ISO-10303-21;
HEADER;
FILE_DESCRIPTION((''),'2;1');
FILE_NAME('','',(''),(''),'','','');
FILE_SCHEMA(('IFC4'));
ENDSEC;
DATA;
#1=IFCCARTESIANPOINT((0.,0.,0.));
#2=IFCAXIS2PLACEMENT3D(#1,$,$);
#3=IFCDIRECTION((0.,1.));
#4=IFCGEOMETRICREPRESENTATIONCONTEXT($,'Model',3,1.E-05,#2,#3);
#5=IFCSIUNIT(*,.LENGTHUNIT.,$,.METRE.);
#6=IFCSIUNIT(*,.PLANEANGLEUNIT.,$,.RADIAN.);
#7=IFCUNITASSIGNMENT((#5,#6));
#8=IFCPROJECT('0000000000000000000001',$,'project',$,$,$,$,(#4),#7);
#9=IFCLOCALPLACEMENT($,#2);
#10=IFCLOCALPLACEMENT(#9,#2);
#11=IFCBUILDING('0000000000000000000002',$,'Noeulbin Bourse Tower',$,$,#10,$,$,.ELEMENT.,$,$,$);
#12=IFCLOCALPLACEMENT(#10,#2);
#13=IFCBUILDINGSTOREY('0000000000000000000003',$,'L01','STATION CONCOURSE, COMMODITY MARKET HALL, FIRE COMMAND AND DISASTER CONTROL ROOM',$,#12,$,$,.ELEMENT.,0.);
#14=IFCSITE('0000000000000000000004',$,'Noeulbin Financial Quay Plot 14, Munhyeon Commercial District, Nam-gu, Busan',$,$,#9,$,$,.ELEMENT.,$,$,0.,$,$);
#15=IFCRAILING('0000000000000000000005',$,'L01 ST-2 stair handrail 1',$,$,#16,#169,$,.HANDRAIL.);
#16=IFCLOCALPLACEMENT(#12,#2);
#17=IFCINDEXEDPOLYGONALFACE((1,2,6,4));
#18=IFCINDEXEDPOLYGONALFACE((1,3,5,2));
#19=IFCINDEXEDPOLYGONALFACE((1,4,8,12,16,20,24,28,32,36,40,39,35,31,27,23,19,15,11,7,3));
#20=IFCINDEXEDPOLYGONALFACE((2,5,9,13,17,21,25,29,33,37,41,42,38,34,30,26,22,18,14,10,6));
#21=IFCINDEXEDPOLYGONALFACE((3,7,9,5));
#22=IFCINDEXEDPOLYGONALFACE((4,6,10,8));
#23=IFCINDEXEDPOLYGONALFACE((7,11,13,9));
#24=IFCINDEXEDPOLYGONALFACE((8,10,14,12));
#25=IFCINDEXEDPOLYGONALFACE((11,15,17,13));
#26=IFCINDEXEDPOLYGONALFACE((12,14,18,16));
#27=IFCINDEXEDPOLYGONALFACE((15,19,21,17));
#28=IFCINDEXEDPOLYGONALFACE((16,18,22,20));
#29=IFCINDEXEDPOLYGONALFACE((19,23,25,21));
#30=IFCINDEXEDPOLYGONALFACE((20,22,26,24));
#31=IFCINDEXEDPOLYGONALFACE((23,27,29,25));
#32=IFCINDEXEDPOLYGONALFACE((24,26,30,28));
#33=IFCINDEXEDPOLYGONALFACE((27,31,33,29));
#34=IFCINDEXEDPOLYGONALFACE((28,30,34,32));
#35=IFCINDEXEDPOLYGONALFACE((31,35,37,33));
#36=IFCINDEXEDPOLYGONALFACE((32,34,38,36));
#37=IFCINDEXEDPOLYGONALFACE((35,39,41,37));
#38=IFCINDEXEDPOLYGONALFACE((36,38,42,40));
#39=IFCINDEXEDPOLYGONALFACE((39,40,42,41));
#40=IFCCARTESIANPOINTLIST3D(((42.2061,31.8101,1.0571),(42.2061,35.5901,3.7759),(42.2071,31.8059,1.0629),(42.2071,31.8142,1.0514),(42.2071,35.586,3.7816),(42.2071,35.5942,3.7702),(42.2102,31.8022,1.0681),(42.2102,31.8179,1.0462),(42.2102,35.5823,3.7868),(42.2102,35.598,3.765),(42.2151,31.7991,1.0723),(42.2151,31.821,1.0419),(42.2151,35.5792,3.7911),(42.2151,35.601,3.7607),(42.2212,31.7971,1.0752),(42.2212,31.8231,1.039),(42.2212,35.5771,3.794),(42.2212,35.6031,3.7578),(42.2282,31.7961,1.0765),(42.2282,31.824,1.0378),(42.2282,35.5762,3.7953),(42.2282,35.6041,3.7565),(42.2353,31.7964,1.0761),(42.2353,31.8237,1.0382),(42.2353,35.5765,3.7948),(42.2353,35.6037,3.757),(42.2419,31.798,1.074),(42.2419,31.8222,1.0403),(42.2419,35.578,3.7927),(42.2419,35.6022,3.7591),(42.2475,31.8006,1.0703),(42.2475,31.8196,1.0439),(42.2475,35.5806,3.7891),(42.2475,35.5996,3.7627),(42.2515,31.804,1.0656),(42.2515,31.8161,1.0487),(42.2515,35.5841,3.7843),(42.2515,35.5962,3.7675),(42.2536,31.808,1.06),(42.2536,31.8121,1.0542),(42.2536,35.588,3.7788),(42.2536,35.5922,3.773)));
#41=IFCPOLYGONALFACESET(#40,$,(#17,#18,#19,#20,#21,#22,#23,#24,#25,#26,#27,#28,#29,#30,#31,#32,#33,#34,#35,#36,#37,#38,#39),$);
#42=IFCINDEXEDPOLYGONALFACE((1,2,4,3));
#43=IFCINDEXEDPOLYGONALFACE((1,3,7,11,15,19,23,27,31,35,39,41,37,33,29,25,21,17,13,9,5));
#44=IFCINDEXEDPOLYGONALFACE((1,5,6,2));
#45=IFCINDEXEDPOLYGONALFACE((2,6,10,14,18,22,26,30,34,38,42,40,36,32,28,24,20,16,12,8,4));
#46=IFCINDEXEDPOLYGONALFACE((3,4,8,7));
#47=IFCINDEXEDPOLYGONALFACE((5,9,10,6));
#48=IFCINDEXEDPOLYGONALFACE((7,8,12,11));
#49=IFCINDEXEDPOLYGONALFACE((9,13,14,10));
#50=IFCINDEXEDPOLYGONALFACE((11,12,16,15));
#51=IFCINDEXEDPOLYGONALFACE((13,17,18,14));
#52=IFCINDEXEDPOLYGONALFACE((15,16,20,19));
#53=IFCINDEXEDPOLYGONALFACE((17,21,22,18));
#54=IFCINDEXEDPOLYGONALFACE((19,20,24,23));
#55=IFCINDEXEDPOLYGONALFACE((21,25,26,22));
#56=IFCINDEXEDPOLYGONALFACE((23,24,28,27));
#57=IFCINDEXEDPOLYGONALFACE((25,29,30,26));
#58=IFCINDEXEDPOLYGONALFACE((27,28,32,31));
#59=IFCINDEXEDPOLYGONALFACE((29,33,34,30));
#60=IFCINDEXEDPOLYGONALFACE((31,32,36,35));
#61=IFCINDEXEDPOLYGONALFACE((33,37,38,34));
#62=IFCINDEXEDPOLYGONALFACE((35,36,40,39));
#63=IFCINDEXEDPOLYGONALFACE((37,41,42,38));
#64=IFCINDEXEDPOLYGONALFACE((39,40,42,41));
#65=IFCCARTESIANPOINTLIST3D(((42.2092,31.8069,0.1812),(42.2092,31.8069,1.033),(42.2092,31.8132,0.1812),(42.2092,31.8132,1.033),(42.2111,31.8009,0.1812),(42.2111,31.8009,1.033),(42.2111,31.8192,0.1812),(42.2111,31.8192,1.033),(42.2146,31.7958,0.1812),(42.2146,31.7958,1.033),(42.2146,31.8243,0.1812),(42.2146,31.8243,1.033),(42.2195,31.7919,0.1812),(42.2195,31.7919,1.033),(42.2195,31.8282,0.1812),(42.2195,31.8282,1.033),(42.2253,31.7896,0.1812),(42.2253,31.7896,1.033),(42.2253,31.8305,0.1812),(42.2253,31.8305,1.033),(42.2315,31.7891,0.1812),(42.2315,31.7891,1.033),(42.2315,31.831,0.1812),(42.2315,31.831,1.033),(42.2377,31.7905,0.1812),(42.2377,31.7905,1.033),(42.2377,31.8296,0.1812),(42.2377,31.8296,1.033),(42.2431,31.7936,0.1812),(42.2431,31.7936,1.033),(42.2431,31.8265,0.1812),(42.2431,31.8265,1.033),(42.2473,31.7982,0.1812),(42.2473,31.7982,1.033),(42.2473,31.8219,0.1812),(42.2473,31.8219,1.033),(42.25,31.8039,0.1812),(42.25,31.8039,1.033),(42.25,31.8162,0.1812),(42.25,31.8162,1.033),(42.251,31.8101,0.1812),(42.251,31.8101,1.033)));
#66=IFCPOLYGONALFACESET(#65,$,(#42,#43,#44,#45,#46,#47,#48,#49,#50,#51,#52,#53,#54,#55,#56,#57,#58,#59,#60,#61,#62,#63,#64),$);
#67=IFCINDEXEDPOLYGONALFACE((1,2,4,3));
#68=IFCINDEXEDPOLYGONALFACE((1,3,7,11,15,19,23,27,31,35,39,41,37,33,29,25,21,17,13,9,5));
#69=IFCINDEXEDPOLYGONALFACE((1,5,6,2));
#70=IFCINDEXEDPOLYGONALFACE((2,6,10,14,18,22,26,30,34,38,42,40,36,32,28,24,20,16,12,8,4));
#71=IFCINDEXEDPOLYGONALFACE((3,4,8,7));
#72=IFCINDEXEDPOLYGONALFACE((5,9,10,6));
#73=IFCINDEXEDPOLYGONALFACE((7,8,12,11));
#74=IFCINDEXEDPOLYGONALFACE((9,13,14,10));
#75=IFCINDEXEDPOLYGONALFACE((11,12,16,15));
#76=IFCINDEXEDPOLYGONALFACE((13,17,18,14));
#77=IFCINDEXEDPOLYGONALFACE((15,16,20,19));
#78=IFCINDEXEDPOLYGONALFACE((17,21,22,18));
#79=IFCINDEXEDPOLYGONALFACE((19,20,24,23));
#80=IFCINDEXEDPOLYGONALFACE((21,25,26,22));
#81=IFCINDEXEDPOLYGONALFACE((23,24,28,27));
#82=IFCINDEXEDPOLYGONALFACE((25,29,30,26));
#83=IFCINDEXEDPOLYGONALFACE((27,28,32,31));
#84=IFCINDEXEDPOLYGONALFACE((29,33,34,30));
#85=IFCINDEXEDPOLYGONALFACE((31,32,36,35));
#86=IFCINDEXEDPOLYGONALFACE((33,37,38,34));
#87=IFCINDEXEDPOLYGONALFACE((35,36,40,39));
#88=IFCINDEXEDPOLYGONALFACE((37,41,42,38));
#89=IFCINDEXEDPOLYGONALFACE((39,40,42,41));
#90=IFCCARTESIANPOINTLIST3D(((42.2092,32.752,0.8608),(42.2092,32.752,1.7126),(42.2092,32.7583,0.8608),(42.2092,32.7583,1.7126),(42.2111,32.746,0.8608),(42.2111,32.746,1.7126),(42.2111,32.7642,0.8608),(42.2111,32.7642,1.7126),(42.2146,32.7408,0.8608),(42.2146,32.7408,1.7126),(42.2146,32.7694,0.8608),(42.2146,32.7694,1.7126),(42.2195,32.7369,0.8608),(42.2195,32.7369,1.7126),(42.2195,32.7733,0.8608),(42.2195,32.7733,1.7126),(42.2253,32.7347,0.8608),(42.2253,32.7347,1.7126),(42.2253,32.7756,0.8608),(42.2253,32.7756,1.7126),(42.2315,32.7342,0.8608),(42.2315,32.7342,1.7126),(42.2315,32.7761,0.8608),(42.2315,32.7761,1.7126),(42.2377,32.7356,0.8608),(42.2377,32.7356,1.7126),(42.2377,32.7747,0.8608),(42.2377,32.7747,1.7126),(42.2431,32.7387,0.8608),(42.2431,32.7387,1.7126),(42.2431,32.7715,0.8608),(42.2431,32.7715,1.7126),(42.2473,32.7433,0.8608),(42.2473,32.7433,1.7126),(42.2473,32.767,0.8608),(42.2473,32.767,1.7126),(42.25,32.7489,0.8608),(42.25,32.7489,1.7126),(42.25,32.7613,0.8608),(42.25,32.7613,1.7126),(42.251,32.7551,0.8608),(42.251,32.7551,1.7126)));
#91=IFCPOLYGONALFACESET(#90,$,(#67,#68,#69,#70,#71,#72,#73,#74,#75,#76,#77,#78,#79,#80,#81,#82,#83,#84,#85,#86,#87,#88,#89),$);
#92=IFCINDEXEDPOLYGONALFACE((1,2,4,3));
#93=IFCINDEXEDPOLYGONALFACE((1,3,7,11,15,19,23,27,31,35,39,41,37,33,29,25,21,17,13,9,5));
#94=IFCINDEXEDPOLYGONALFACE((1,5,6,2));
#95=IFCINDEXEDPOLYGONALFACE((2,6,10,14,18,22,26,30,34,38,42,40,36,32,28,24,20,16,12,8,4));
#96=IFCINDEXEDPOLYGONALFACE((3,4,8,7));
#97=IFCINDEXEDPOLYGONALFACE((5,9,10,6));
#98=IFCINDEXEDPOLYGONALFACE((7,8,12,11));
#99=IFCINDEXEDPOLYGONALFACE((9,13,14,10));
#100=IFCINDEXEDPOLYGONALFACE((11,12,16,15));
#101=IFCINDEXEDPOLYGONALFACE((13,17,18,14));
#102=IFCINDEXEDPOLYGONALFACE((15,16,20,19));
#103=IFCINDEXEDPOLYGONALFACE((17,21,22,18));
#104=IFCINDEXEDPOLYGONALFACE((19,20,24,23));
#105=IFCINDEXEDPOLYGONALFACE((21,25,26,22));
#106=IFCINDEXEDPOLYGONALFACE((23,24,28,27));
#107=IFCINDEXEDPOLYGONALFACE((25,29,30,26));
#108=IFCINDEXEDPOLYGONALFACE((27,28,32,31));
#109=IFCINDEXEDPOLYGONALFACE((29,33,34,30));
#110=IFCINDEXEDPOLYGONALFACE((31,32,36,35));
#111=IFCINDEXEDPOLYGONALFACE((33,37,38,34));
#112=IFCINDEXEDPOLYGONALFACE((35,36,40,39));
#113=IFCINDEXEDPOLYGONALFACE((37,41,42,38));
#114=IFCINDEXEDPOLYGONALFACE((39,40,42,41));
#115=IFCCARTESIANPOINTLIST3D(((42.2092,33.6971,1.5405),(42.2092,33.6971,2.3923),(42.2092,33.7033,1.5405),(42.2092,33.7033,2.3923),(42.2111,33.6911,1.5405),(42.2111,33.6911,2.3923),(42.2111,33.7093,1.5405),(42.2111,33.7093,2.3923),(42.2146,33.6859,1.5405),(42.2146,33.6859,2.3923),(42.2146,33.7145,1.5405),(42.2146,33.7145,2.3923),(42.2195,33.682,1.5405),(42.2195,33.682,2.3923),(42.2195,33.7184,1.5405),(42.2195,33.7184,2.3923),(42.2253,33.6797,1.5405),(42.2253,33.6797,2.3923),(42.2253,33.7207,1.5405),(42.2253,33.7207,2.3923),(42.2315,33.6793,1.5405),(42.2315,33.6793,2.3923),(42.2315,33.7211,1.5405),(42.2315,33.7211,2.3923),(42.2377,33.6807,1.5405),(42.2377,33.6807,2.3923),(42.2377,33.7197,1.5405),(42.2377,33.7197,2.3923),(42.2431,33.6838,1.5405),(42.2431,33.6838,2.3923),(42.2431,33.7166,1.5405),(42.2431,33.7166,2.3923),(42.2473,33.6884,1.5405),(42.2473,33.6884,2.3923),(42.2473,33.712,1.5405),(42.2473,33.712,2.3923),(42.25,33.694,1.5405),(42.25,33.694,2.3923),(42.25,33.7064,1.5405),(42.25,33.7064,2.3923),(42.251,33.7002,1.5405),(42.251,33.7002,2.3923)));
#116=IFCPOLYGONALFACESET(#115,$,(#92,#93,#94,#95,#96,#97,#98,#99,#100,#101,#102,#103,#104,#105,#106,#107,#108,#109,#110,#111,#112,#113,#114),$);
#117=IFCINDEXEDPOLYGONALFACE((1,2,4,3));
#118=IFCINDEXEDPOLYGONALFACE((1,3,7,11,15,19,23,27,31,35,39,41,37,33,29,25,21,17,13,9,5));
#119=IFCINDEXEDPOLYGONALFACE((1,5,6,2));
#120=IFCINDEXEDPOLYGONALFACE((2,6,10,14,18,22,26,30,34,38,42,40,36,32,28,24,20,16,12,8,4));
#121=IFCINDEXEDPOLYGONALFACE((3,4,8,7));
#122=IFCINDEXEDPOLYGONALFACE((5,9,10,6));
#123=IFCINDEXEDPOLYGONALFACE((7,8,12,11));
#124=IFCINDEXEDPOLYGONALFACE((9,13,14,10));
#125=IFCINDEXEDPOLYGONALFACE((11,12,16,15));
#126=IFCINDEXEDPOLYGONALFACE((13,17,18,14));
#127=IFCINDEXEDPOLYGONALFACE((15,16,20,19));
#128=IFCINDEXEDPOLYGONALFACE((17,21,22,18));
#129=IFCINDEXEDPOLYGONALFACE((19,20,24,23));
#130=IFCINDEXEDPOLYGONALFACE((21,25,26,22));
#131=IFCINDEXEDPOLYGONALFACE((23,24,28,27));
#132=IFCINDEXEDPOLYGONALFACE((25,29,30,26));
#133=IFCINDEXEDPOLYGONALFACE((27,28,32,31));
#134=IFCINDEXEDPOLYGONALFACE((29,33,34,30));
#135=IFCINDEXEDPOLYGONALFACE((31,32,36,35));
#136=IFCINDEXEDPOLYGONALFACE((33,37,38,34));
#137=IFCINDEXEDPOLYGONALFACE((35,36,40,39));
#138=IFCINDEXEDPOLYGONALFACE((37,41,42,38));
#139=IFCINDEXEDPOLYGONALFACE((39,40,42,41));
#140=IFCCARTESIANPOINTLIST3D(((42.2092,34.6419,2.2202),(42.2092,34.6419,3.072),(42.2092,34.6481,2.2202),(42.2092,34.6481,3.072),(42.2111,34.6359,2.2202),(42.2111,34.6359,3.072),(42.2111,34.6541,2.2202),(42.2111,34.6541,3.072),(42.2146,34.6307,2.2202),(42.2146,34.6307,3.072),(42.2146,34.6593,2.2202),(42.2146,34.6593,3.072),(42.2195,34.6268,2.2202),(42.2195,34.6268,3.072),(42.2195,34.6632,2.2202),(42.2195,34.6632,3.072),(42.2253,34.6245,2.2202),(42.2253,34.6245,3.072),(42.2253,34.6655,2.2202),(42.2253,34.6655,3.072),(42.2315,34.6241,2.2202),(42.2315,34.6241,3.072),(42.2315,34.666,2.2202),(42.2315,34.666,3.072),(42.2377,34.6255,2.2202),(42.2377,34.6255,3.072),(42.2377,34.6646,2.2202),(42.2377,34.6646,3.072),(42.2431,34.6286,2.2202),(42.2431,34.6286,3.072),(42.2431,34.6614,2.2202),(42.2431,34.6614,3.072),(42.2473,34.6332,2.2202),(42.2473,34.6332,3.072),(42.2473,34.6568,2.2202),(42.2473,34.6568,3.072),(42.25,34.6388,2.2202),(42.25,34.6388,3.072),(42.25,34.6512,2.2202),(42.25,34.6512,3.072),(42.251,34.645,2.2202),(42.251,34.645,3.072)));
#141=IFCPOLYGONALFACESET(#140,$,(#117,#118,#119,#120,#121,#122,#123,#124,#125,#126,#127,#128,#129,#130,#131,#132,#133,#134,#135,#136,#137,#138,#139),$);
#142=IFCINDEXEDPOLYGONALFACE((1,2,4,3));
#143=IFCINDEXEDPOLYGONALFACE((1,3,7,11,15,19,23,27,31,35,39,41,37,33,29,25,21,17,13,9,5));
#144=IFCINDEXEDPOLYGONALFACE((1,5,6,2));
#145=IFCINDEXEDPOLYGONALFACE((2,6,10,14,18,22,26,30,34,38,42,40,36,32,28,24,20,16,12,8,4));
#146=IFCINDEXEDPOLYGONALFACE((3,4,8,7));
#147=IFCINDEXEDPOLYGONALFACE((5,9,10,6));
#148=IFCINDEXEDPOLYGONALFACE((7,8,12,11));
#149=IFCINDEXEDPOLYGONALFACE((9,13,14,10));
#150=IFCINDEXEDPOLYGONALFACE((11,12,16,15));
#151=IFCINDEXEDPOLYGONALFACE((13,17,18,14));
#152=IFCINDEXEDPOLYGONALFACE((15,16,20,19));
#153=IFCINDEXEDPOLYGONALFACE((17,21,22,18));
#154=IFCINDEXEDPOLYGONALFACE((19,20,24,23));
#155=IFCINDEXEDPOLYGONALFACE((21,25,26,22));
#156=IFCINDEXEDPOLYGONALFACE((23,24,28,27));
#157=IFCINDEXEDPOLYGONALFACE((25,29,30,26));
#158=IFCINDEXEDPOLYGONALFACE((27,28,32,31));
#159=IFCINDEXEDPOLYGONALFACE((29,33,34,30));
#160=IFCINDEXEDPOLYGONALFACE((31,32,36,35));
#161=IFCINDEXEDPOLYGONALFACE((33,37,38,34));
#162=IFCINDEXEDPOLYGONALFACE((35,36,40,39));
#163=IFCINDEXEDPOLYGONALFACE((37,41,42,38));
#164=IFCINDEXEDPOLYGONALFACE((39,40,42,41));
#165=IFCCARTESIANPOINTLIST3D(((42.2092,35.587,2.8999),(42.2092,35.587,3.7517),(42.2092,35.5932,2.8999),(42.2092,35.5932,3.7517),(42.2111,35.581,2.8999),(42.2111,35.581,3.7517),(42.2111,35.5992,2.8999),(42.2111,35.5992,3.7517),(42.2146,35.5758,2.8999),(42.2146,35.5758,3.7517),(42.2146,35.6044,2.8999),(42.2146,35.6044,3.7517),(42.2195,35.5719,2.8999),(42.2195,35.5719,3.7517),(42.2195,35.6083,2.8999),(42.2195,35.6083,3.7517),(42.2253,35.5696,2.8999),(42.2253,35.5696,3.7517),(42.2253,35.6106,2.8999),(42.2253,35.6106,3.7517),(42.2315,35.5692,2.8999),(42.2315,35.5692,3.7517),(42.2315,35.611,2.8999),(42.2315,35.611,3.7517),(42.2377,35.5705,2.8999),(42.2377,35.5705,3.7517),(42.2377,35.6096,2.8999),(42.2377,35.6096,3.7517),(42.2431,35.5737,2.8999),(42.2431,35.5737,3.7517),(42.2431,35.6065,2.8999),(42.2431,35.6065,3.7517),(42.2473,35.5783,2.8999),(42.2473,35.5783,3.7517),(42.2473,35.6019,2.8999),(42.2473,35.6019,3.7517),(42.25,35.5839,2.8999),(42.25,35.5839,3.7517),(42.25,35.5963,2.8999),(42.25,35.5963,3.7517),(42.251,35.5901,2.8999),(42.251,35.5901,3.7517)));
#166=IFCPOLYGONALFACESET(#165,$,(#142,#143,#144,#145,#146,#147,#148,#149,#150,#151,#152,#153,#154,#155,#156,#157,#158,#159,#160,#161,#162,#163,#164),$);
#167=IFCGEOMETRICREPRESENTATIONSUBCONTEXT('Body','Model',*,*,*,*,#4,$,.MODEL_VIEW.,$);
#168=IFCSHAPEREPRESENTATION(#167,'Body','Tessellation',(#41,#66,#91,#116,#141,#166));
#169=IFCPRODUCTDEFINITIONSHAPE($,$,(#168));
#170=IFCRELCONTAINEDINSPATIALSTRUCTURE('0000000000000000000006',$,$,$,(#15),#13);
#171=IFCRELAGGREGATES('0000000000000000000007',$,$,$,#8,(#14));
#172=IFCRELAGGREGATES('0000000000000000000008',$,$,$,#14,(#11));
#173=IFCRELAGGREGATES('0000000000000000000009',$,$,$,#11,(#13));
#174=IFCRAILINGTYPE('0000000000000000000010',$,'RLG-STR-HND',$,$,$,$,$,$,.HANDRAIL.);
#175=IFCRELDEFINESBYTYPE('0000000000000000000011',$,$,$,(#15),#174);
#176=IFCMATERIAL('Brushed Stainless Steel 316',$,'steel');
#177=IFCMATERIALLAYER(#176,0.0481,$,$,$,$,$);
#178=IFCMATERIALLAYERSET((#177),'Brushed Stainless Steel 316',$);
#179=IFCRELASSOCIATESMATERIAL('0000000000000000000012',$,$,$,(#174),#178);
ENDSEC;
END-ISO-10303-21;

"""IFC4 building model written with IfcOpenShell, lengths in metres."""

from ifc_helpers import new_model, si_unit, direction, frame, origin, origin_2d, place, context, subcontext, project, spatial, circle, extrude, material, layer, layer_set, type_object, element, save


model = new_model("IFC4")

# Units and contexts
model_context = context("Model", 3, precision=1e-05, world=origin(), true_north=direction((0.0, 1.0)))
body_context = subcontext(model_context, "Body", "Model", "MODEL_VIEW")
ifc_project = project(units=[si_unit("LENGTHUNIT", "METRE"), si_unit("PLANEANGLEUNIT", "RADIAN")], contexts=[model_context])

# Site, building, storey
site_placement = place(None, origin())
site = spatial("IfcSite", under=ifc_project, at=site_placement, Name="Noeulbin Financial Quay Plot 14, Munhyeon Commercial District, Nam-gu, Busan", CompositionType="ELEMENT", RefElevation=0.0)
building_placement = place(site_placement, origin())
building = spatial("IfcBuilding", under=site, at=building_placement, Name="Noeulbin Bourse Tower", CompositionType="ELEMENT")
storey_placement = place(building_placement, origin())
storey = spatial("IfcBuildingStorey", under=building, at=storey_placement, Name="L01", Description="STATION CONCOURSE, COMMODITY MARKET HALL, FIRE COMMAND AND DISASTER CONTROL ROOM", CompositionType="ELEMENT", Elevation=0.0)

# Railing
ifc_material_1 = material(Name="Brushed Stainless Steel 316", Category="steel")
ifc_layer_1 = layer(ifc_material_1, 0.0481)
ifc_layer_set_1 = layer_set([ifc_layer_1], Name="Brushed Stainless Steel 316")
railing_type_1 = type_object("IfcRailingType", Name="RLG-STR-HND", PredefinedType="HANDRAIL", material=ifc_layer_set_1)
railing_1_placement = place(storey_placement, frame((42.23, 31.8101, 0.1812)))
element("IfcRailing", 1, at=railing_1_placement, inside=storey, type_object=railing_type_1, Name="L01 ST-2 stair handrail 1", PredefinedType="HANDRAIL", context=body_context, shape_type="SweptSolid", body=[
    extrude(circle(Radius=0.0239, at=origin_2d()), frame((0.0, 0.0, 0.876), z_axis=(0.0, 0.811827, 0.583899), x_axis=(-1.0, 0.0, 0.0)), (0.0, 0.0, 1.0), 4.6562),
    extrude(circle(Radius=0.021, at=origin_2d()), origin(), (0.0, 0.0, 1.0), 0.8518),
    extrude(circle(Radius=0.021, at=origin_2d()), frame((0.0, 0.9451, 0.6797)), (0.0, 0.0, 1.0), 0.8518),
    extrude(circle(Radius=0.021, at=origin_2d()), frame((0.0, 1.8901, 1.3594)), (0.0, 0.0, 1.0), 0.8518),
    extrude(circle(Radius=0.021, at=origin_2d()), frame((0.0, 2.835, 2.0391)), (0.0, 0.0, 1.0), 0.8518),
    extrude(circle(Radius=0.021, at=origin_2d()), frame((0.0, 3.78, 2.7188)), (0.0, 0.0, 1.0), 0.8518),
])

save(model, "model.ifc")
